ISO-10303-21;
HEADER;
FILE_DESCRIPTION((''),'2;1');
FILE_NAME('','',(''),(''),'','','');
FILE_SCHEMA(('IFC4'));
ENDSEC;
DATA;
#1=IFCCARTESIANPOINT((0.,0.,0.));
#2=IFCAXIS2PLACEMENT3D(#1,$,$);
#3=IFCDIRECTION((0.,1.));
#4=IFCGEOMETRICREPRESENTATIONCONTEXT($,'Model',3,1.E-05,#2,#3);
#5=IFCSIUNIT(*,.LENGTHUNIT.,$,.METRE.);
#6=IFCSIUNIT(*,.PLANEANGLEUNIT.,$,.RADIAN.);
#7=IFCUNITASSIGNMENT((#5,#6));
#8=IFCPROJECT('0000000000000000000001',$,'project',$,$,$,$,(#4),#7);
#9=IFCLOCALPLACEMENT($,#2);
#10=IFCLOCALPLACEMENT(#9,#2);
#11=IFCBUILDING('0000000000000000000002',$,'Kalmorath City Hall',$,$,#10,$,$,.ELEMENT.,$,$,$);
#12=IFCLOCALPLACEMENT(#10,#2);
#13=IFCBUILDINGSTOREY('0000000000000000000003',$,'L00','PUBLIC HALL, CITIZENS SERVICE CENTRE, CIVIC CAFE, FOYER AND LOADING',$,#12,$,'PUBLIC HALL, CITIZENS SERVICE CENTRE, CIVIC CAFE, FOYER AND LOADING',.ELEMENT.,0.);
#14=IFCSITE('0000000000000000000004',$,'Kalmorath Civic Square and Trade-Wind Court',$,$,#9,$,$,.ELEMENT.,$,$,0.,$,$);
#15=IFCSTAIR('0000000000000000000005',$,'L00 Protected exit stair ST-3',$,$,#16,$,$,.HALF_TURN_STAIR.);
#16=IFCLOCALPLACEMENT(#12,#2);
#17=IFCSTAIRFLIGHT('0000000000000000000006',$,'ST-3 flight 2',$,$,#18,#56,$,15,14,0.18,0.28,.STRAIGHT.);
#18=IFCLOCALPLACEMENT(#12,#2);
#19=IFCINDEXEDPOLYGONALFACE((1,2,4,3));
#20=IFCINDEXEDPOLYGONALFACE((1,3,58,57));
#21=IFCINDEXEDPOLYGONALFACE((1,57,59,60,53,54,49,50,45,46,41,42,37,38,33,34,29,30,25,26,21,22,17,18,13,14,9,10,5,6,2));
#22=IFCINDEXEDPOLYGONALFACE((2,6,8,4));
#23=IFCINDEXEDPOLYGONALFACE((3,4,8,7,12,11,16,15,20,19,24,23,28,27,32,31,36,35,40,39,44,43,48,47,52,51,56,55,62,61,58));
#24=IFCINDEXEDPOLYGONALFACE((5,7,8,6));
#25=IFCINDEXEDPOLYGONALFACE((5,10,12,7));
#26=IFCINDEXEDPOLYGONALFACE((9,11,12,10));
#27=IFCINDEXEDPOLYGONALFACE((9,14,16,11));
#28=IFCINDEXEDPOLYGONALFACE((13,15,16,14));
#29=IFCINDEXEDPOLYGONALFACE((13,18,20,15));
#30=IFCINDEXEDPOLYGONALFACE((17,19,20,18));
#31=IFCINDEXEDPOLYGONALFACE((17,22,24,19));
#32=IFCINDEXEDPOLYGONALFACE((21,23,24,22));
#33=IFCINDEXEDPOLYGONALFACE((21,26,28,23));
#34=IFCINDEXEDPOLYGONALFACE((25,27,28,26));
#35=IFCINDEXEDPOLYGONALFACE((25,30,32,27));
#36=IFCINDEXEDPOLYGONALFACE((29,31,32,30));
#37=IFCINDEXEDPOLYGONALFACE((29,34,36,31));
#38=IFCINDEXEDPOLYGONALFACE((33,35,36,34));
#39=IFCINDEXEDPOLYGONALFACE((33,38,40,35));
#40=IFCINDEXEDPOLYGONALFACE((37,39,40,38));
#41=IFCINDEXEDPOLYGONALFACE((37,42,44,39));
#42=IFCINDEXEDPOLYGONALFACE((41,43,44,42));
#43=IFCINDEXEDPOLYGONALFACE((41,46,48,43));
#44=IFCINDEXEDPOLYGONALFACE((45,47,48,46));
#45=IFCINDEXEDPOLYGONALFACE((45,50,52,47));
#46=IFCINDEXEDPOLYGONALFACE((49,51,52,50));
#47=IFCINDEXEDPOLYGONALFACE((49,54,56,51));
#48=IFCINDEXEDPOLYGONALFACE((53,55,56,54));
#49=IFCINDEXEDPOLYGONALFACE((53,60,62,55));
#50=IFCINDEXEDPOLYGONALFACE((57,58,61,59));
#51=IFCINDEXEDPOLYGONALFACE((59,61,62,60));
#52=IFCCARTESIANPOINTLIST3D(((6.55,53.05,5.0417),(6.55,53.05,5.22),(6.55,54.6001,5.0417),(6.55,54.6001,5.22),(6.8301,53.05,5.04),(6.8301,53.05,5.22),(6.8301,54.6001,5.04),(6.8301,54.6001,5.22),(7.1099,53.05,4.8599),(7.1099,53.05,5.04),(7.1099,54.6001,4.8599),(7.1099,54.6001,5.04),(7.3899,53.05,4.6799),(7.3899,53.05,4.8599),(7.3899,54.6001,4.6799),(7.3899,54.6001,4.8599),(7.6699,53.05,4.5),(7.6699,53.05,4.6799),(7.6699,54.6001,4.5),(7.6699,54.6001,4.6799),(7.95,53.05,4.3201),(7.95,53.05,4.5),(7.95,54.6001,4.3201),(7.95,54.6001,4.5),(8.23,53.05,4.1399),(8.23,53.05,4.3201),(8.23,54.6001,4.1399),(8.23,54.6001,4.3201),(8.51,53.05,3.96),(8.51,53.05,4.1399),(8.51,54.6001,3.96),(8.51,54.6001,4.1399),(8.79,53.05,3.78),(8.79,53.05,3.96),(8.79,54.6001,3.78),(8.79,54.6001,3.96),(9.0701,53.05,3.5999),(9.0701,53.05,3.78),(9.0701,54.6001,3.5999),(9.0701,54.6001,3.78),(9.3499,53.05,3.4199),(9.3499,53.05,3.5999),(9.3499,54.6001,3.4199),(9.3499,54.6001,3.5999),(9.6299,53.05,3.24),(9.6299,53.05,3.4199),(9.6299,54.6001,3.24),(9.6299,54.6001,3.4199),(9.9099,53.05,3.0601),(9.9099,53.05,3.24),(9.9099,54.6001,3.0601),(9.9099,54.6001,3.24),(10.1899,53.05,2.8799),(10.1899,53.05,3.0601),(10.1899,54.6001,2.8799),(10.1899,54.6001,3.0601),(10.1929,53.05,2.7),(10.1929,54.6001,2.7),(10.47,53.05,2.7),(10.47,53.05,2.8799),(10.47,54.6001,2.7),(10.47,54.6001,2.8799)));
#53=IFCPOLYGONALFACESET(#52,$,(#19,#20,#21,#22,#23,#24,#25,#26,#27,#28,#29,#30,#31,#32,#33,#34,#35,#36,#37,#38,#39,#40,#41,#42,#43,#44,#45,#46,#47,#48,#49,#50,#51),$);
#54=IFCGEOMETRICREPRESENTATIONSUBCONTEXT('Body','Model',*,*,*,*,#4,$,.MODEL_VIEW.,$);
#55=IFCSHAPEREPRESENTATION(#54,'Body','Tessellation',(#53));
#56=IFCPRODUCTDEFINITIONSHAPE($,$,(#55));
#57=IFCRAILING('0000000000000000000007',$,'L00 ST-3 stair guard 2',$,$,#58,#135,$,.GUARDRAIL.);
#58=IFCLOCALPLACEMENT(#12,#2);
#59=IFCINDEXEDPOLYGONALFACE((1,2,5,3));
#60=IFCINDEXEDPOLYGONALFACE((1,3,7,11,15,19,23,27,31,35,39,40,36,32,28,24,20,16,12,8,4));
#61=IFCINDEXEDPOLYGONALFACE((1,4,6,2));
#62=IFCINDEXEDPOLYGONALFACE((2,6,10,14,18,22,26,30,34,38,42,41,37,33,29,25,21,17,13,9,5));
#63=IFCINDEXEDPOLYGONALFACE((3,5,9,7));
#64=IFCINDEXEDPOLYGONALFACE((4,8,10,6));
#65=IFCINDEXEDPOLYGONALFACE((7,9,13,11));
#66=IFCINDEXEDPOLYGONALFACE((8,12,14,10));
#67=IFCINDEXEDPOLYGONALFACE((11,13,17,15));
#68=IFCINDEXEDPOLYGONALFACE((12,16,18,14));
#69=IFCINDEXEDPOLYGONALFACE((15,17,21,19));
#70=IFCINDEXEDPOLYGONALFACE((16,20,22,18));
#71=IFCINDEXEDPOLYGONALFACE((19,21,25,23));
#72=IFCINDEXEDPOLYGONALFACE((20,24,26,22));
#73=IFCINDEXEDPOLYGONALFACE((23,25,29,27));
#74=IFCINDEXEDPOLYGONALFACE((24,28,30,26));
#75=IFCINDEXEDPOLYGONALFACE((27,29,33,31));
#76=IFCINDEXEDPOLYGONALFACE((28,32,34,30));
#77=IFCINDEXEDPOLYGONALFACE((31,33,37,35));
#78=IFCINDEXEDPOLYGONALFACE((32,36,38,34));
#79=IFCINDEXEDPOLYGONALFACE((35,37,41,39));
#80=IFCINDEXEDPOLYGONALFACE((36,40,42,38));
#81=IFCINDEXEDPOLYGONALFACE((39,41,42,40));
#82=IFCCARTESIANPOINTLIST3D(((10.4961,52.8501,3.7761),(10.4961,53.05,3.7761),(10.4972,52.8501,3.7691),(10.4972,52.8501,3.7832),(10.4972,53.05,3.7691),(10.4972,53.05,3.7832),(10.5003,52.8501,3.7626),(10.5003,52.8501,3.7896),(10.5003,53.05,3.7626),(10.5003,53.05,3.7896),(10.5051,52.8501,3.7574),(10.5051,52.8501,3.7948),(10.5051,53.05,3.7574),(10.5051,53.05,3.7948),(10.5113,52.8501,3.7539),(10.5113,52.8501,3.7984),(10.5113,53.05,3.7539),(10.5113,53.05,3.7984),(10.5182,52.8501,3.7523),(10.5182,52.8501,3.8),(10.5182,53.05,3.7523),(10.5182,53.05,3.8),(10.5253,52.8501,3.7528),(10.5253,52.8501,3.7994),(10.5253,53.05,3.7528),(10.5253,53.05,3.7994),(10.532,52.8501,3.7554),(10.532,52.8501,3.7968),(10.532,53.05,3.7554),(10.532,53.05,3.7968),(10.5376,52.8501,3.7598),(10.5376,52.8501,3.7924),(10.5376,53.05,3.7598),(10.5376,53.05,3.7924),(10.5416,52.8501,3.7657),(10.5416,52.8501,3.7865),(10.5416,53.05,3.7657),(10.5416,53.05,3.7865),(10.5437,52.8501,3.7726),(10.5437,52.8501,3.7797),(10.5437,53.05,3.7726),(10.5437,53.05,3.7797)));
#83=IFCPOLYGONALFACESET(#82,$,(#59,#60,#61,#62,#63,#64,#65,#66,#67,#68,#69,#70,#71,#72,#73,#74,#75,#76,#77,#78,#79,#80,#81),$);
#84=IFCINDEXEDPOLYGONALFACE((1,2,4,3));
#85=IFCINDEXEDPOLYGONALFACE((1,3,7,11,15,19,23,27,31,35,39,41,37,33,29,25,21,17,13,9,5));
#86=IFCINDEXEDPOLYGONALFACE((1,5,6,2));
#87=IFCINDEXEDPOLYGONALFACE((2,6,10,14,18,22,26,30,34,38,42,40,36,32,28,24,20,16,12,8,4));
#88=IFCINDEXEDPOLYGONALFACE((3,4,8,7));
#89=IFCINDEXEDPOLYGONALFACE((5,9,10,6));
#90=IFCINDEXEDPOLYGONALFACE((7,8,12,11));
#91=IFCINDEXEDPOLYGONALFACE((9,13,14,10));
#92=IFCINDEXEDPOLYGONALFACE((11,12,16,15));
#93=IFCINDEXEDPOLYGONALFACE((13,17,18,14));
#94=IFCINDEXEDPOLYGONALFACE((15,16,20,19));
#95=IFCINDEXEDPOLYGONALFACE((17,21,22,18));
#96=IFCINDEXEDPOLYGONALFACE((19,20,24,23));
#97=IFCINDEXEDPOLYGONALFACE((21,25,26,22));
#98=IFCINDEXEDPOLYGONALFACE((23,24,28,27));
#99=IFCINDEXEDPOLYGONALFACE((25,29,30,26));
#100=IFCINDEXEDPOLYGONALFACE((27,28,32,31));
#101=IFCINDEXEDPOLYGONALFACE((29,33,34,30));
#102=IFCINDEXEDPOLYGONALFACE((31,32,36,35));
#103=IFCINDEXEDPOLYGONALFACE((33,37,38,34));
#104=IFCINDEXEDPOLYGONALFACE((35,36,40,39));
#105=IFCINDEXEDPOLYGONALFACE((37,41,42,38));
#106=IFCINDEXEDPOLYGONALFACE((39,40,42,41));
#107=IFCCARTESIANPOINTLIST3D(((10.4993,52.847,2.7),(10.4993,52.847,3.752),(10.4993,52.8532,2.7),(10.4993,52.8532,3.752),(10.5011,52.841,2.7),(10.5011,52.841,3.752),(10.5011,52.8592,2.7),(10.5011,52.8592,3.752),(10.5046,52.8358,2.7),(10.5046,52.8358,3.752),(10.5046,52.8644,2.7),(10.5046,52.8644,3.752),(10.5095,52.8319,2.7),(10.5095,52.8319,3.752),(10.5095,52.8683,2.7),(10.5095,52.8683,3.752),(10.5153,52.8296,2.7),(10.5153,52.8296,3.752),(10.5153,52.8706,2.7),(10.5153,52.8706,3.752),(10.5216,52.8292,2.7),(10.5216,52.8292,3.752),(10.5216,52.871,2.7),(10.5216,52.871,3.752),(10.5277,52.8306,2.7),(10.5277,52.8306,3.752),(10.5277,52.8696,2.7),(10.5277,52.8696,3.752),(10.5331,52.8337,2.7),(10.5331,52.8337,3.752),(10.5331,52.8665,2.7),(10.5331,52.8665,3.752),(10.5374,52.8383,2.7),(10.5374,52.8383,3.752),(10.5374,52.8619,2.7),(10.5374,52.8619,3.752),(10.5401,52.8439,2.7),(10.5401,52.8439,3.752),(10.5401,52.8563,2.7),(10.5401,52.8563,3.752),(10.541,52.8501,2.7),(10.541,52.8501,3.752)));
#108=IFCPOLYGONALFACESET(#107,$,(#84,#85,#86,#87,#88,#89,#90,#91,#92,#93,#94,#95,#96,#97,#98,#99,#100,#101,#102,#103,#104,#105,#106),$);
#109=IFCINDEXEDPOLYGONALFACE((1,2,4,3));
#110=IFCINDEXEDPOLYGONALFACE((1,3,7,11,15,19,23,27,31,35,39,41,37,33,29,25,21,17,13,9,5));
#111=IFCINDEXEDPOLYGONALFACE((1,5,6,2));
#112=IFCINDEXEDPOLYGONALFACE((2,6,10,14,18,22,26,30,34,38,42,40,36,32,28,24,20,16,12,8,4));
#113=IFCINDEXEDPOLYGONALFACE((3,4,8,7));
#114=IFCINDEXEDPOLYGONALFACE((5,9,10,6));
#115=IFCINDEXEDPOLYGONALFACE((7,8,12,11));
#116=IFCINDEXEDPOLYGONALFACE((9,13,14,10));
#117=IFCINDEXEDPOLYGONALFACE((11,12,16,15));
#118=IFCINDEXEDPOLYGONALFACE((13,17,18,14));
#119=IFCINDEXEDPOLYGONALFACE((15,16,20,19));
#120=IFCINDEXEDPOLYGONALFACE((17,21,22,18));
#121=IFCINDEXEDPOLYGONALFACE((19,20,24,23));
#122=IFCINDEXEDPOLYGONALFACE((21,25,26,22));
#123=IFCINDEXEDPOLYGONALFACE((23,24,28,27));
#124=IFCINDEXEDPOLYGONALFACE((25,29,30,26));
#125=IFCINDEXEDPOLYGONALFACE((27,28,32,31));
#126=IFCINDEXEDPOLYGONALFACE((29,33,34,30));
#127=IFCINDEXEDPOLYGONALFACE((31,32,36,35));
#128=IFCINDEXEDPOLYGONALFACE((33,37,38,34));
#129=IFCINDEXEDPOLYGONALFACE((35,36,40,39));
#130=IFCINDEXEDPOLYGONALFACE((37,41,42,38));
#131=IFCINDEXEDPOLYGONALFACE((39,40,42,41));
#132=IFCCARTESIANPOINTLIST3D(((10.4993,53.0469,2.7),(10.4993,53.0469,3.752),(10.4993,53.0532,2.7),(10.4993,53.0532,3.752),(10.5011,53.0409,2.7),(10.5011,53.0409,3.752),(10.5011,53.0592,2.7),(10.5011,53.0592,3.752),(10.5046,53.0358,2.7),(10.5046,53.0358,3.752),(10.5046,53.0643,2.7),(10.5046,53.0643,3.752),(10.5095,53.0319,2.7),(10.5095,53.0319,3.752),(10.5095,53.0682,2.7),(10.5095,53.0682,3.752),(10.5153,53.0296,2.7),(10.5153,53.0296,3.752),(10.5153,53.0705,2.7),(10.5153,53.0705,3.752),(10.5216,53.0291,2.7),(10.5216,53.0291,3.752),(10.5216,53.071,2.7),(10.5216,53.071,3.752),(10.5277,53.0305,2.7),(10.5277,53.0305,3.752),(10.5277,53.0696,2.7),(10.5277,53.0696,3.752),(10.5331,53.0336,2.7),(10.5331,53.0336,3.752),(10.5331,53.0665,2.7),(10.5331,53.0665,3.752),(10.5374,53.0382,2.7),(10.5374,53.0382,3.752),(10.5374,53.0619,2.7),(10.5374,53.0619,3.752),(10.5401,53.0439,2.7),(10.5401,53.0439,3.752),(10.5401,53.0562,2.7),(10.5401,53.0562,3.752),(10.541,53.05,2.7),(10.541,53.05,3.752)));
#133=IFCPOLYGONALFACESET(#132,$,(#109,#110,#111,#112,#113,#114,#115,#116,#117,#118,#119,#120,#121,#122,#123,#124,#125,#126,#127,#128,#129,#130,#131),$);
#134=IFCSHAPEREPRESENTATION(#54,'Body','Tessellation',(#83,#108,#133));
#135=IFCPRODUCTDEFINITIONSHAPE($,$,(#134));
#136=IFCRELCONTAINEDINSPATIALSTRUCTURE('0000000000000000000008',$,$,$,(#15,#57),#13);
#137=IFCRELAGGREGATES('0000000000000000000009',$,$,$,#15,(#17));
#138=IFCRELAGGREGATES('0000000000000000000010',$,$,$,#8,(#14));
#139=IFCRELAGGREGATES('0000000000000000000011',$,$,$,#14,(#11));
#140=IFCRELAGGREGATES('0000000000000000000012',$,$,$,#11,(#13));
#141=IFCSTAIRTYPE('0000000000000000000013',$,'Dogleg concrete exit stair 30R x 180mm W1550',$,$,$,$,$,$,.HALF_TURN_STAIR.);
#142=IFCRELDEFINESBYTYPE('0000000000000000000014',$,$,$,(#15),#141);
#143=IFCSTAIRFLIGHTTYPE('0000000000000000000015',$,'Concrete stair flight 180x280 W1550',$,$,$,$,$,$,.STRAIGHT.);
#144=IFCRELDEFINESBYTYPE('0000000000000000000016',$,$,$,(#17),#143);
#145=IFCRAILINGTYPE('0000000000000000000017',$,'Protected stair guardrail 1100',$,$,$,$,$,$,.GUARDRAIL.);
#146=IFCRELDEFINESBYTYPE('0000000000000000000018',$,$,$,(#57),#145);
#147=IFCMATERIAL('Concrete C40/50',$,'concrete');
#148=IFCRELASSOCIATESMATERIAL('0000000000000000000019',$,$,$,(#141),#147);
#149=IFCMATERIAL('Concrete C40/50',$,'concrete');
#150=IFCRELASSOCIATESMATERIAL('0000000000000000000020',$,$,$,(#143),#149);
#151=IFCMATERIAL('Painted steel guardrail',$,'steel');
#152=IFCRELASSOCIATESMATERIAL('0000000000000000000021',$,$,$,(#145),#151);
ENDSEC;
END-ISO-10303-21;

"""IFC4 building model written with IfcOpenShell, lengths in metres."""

from ifc_helpers import new_model, si_unit, direction, frame, origin, origin_2d, place, context, subcontext, project, spatial, polyline, circle, outline, extrude, material, type_object, element, aggregate, save


model = new_model("IFC4")

# Units and contexts
model_context = context("Model", 3, precision=1e-05, world=origin(), true_north=direction((0.0, 1.0)))
body_context = subcontext(model_context, "Body", "Model", "MODEL_VIEW")
ifc_project = project(units=[si_unit("LENGTHUNIT", "METRE"), si_unit("PLANEANGLEUNIT", "RADIAN")], contexts=[model_context])

# Site, building, storey
site_placement = place(None, origin())
site = spatial("IfcSite", under=ifc_project, at=site_placement, Name="Kalmorath Civic Square and Trade-Wind Court", CompositionType="ELEMENT", RefElevation=0.0)
building_placement = place(site_placement, origin())
building = spatial("IfcBuilding", under=site, at=building_placement, Name="Kalmorath City Hall", CompositionType="ELEMENT")
storey_placement = place(building_placement, origin())
storey = spatial("IfcBuildingStorey", under=building, at=storey_placement, Name="L00", Description="PUBLIC HALL, CITIZENS SERVICE CENTRE, CIVIC CAFE, FOYER AND LOADING", LongName="PUBLIC HALL, CITIZENS SERVICE CENTRE, CIVIC CAFE, FOYER AND LOADING", CompositionType="ELEMENT", Elevation=0.0)

# Stair, stair flight
ifc_material_1 = material(Name="Concrete C40/50", Category="concrete")
stair_type = type_object("IfcStairType", Name="Dogleg concrete exit stair 30R x 180mm W1550", PredefinedType="HALF_TURN_STAIR", material=ifc_material_1)
stair_placement = place(storey_placement, origin())
stair = element("IfcStair", 1, at=stair_placement, inside=storey, type_object=stair_type, Name="L00 Protected exit stair ST-3", PredefinedType="HALF_TURN_STAIR")
ifc_material_2 = material(Name="Concrete C40/50", Category="concrete")
stair_flight_type = type_object("IfcStairFlightType", Name="Concrete stair flight 180x280 W1550", PredefinedType="STRAIGHT", material=ifc_material_2)
stair_flight_placement = place(storey_placement, frame((10.47, 53.825, 2.7), z_axis=(0.0, 0.0, 1.0), x_axis=(-1.0, 0.0, 0.0)))
stair_flight = element("IfcStairFlight", 2, at=stair_flight_placement, type_object=stair_flight_type, Name="ST-3 flight 2", NumberOfRisers=15, NumberOfTreads=14, PredefinedType="STRAIGHT", RiserHeight=0.18, TreadLength=0.28, context=body_context, shape_type="SweptSolid", body=[
    extrude(outline(polyline([(0.0, 0.0), (0.0, 0.1799), (0.28, 0.1799), (0.28, 0.3601), (0.5601, 0.3601), (0.5601, 0.54), (0.8401, 0.54), (0.8401, 0.72), (1.1201, 0.72), (1.1201, 0.8999), (1.3999, 0.8999), (1.3999, 1.0801), (1.6799, 1.0801), (1.6799, 1.26), (1.96, 1.26), (1.96, 1.4399), (2.24, 1.4399), (2.24, 1.6201), (2.52, 1.6201), (2.52, 1.8), (2.8, 1.8), (2.8, 1.98), (3.0801, 1.98), (3.0801, 2.1599), (3.3601, 2.1599), (3.3601, 2.3401), (3.6399, 2.3401), (3.6399, 2.52), (3.9199, 2.52), (3.9199, 2.7), (3.9199, 2.3418), (0.2771, 0.0), (0.0, 0.0)])), frame((0.0, 0.7749, 0.0), z_axis=(0.0, -1.0, 0.0), x_axis=(1.0, 0.0, 0.0)), (0.0, 0.0, 1.0), 1.55),
])
aggregate(stair, [stair_flight])

# Railing
ifc_material_3 = material(Name="Painted steel guardrail", Category="steel")
railing_type_1 = type_object("IfcRailingType", Name="Protected stair guardrail 1100", PredefinedType="GUARDRAIL", material=ifc_material_3)
railing_1_placement = place(storey_placement, frame((10.52, 52.8501, 2.7)))
element("IfcRailing", 3, at=railing_1_placement, inside=storey, type_object=railing_type_1, Name="L00 ST-3 stair guard 2", PredefinedType="GUARDRAIL", context=body_context, shape_type="SweptSolid", body=[
    extrude(circle(Radius=0.0239, at=origin_2d()), frame((0.0, 0.0, 1.0762), z_axis=(0.0, 1.0, 0.0), x_axis=(-1.0, 0.0, 0.0)), (0.0, 0.0, 1.0), 0.2),
    extrude(circle(Radius=0.021, at=origin_2d()), origin(), (0.0, 0.0, 1.0), 1.052),
    extrude(circle(Radius=0.021, at=origin_2d()), frame((0.0, 0.2, 0.0)), (0.0, 0.0, 1.0), 1.052),
])

save(model, "model.ifc")
